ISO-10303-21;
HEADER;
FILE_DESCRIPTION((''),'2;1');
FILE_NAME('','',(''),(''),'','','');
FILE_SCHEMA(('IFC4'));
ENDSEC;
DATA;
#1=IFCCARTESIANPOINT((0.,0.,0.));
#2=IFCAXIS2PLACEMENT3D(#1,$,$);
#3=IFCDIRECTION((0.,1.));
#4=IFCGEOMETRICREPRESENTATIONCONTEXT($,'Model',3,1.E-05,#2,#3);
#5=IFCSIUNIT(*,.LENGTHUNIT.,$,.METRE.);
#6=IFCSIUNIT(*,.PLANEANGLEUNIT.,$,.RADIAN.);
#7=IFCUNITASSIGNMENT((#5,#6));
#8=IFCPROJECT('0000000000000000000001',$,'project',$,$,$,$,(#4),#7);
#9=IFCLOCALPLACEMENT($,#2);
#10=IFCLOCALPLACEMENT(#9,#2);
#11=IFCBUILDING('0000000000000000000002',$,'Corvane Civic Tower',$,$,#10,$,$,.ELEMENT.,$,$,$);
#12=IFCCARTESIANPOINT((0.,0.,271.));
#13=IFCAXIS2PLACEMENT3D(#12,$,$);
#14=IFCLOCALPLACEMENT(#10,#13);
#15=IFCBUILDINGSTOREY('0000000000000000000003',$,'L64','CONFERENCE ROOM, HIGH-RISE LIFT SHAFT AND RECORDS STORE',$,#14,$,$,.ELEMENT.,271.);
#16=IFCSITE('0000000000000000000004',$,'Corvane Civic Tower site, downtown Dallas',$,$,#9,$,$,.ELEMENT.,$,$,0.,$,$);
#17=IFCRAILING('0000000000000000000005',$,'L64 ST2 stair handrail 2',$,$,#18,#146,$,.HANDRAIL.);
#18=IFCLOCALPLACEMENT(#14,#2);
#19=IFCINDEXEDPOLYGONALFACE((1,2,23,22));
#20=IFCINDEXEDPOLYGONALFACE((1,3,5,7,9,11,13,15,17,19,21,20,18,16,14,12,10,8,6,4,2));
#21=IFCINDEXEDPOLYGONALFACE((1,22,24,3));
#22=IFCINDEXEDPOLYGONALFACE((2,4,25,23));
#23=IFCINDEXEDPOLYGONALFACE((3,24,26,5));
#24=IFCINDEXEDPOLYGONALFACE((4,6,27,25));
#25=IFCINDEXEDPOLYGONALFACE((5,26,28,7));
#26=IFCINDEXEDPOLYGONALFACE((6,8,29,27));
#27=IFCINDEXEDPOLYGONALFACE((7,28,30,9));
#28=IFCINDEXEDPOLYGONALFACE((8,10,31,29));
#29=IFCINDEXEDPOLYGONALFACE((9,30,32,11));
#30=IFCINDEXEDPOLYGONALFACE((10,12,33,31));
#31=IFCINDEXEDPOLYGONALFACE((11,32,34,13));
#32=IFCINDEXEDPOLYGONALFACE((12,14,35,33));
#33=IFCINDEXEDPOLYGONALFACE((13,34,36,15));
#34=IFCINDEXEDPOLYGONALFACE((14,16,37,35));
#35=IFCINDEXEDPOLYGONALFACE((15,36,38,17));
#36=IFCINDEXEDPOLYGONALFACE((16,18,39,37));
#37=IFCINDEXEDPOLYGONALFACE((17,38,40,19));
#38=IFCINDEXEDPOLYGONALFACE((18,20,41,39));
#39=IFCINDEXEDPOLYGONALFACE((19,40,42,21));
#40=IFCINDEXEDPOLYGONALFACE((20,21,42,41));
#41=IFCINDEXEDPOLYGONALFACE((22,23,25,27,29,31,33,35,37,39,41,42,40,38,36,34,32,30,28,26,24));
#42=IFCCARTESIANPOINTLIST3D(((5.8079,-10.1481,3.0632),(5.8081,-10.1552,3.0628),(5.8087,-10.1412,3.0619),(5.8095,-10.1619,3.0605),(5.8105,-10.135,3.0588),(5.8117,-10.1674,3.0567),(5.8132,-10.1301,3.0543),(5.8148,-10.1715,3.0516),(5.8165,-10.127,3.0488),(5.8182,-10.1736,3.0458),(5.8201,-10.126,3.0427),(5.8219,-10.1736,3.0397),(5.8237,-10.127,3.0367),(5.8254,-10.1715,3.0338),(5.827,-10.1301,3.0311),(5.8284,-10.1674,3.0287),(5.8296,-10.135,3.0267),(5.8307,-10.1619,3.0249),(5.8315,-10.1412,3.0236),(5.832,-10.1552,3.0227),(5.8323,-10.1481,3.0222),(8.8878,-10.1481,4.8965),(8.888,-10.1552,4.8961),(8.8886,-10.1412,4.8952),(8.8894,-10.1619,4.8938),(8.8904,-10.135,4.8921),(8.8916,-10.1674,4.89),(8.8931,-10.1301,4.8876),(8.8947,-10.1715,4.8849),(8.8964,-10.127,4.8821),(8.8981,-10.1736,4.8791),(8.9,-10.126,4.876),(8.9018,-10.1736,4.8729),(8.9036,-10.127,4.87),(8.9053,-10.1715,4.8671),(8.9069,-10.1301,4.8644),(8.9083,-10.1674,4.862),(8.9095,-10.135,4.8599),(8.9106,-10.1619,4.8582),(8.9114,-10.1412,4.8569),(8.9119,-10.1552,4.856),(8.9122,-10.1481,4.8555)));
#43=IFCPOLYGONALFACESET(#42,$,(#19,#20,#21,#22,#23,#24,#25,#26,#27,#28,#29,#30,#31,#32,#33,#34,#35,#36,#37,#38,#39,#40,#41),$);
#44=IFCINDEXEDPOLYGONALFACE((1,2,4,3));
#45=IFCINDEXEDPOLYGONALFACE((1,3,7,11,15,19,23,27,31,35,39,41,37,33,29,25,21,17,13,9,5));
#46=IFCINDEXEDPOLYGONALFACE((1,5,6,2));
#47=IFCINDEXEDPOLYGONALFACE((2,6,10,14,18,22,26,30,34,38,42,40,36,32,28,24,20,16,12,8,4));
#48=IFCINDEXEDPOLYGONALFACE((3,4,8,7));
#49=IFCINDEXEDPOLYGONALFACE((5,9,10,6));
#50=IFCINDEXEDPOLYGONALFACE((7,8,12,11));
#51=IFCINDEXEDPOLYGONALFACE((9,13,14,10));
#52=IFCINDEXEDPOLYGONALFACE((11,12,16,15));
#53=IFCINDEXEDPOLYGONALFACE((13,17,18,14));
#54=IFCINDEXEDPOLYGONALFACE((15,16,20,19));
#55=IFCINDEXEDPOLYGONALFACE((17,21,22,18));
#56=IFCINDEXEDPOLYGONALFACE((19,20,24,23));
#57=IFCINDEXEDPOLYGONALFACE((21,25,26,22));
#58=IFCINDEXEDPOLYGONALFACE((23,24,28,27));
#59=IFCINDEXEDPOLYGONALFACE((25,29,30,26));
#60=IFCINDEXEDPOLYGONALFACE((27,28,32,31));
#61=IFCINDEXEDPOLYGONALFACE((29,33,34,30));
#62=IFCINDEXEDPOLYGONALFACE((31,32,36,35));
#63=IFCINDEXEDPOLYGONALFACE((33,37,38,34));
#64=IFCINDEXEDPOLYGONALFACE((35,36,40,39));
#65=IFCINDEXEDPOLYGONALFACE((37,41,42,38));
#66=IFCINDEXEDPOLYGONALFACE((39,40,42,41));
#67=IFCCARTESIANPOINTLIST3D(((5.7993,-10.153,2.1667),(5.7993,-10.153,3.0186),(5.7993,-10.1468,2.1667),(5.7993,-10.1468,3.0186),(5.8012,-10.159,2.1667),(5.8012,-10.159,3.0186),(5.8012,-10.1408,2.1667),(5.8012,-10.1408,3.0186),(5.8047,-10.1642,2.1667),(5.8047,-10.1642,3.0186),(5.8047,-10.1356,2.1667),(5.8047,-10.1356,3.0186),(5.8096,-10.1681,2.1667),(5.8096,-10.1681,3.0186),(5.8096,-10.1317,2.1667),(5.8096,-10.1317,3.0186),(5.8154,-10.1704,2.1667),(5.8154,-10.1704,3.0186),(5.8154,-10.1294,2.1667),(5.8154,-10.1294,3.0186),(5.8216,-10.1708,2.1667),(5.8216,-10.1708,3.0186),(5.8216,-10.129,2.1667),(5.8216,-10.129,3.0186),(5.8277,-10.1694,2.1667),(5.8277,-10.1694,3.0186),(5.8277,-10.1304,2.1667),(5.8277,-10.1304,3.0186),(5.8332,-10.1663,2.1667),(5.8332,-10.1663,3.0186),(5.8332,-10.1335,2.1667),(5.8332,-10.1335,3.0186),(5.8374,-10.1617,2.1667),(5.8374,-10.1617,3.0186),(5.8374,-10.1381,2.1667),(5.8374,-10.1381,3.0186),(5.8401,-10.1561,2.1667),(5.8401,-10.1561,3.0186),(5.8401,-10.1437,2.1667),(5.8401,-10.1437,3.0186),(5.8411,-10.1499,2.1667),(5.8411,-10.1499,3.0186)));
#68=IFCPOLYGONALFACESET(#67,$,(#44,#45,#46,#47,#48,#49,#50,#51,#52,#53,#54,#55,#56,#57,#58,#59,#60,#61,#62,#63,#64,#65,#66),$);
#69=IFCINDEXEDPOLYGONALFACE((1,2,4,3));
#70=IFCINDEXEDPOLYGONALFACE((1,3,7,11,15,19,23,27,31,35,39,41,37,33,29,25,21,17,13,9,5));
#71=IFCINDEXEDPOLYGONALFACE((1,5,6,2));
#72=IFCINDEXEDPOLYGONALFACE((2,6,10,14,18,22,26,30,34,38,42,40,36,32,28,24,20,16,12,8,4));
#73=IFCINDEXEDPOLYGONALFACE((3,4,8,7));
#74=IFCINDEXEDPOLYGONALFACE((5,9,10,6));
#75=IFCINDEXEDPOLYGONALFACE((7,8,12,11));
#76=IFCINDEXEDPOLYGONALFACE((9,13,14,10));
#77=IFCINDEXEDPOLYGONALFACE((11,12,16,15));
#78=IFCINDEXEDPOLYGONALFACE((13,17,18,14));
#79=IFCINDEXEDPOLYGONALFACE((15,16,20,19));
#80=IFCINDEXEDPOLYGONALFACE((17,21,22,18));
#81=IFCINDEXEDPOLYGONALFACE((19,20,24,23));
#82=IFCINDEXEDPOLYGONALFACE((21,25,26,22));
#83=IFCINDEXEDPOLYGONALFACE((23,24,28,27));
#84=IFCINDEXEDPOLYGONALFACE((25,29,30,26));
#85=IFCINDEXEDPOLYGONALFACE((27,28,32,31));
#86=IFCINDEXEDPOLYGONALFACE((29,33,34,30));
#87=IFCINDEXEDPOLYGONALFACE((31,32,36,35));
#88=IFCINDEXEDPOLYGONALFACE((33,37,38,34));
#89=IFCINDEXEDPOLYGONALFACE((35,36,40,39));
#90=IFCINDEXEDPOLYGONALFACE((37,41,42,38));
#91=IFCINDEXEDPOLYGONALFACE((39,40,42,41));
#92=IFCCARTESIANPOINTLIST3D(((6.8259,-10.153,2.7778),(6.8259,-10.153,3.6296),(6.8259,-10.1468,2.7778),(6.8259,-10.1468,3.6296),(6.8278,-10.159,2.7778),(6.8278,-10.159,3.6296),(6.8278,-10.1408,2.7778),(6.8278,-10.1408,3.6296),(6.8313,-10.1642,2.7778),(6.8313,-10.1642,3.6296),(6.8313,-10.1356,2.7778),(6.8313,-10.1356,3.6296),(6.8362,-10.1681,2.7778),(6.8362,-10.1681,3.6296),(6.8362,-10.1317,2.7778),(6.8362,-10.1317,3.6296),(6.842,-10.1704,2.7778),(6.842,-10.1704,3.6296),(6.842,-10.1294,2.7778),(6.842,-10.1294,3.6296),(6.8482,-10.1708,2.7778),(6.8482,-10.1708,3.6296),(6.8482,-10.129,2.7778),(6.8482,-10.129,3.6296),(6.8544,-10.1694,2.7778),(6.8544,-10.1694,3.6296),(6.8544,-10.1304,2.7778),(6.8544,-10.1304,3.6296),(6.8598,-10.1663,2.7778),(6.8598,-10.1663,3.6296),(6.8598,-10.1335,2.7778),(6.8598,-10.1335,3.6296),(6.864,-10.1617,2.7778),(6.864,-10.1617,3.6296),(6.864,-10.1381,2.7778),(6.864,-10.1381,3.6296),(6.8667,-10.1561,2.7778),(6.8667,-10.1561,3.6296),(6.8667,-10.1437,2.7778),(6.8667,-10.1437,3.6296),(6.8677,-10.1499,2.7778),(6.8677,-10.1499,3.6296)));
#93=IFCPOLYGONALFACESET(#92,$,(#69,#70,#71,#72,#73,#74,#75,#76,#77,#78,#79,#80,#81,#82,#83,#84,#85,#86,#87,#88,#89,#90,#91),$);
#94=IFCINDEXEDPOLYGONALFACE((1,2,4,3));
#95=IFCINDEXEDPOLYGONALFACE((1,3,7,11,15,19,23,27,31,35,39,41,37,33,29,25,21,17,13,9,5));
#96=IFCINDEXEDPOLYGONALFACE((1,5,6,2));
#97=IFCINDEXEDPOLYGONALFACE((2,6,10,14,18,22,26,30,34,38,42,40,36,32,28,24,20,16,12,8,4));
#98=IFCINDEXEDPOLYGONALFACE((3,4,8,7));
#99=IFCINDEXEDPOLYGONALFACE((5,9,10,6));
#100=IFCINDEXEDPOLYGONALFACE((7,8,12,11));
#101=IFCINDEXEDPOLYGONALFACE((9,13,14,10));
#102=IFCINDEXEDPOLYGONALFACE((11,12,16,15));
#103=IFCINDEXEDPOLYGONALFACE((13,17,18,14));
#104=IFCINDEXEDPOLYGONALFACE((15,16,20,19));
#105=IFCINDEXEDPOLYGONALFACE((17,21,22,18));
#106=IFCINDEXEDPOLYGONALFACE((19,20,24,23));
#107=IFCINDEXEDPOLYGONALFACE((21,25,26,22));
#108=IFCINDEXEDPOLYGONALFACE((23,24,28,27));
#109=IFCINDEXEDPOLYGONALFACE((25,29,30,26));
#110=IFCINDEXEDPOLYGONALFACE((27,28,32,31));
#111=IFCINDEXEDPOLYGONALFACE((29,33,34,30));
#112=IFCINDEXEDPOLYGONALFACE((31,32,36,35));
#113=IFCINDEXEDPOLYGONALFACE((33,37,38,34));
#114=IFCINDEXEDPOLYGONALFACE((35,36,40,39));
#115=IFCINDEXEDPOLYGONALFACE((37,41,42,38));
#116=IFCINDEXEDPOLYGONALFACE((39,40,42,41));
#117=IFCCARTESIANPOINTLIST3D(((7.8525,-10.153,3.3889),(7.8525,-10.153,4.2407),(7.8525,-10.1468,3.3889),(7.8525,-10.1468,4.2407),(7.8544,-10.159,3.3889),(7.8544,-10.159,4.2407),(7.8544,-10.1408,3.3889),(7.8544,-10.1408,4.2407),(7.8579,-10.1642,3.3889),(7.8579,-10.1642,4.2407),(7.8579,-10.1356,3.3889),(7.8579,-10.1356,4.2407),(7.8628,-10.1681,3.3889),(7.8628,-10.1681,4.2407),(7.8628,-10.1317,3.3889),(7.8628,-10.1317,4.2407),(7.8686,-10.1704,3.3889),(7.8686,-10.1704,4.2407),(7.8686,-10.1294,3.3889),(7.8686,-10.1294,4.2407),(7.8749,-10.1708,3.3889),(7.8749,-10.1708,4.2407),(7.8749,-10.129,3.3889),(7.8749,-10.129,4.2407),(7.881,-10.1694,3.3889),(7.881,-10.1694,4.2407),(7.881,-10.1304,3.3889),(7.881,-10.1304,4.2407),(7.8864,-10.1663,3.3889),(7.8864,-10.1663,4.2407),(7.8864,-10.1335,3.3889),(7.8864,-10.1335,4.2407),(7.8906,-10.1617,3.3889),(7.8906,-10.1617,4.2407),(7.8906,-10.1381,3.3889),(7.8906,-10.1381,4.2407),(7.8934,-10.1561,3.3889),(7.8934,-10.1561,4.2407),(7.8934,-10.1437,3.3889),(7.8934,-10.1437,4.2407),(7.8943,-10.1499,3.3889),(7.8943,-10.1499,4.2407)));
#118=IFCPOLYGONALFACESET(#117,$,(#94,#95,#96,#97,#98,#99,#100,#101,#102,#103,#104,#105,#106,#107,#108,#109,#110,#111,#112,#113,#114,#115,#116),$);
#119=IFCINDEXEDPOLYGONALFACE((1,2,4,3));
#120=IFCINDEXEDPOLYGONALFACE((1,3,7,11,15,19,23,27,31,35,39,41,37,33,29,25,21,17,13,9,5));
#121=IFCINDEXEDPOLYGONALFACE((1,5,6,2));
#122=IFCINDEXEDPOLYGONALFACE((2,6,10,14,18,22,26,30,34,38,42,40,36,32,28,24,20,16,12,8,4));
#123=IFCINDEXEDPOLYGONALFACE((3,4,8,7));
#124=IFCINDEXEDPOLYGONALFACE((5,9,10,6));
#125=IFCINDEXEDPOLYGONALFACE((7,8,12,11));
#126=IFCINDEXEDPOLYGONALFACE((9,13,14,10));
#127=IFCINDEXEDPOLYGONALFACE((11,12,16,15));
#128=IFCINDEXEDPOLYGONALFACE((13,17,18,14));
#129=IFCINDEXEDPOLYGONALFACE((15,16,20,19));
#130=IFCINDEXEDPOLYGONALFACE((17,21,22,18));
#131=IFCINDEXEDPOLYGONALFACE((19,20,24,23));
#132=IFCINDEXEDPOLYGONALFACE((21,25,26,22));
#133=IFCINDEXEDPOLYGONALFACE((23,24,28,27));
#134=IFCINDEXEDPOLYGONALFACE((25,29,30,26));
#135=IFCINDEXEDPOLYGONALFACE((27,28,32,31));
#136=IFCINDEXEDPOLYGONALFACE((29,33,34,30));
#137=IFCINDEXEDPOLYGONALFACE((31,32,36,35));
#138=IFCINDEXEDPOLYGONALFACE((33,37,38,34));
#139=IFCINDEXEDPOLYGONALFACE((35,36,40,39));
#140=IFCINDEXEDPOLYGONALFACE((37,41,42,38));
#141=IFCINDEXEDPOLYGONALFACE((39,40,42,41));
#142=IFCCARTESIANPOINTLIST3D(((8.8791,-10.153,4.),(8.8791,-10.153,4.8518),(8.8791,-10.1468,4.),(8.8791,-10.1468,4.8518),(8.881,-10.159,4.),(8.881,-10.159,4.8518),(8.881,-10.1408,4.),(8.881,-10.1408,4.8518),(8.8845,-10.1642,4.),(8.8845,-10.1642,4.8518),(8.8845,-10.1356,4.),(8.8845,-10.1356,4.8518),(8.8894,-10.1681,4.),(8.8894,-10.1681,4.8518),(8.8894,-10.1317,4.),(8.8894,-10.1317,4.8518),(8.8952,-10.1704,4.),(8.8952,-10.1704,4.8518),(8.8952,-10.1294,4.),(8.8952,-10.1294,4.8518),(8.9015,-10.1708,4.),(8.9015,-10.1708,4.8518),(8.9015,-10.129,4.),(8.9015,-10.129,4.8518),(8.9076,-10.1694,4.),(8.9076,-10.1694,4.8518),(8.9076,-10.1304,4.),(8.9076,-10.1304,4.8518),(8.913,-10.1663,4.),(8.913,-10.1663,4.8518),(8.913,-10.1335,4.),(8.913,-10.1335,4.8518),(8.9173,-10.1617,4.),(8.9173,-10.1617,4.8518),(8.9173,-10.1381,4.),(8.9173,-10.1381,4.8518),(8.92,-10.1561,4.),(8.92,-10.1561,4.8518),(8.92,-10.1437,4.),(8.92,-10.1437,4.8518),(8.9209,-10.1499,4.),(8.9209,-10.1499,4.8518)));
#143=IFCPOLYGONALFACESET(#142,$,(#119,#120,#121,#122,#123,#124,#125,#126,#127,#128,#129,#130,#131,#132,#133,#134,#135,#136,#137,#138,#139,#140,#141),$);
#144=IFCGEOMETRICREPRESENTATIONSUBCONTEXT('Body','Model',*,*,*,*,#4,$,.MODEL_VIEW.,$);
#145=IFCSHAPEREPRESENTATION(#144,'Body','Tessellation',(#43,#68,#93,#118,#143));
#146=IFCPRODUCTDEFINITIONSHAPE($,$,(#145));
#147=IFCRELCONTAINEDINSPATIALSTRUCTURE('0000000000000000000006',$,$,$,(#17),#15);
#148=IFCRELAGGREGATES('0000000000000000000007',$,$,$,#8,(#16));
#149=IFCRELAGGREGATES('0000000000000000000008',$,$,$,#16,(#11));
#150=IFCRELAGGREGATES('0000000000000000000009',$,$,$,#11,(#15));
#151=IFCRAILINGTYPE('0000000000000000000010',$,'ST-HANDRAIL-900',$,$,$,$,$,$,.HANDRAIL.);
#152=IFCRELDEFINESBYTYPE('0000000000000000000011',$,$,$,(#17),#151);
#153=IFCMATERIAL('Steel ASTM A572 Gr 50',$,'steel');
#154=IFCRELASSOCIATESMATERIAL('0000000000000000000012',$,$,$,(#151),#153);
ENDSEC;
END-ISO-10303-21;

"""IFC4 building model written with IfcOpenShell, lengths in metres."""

from ifc_helpers import new_model, si_unit, direction, frame, origin, origin_2d, place, context, subcontext, project, spatial, circle, extrude, material, type_object, element, save


model = new_model("IFC4")

# Units and contexts
model_context = context("Model", 3, precision=1e-05, world=origin(), true_north=direction((0.0, 1.0)))
body_context = subcontext(model_context, "Body", "Model", "MODEL_VIEW")
ifc_project = project(units=[si_unit("LENGTHUNIT", "METRE"), si_unit("PLANEANGLEUNIT", "RADIAN")], contexts=[model_context])

# Site, building, storey
site_placement = place(None, origin())
site = spatial("IfcSite", under=ifc_project, at=site_placement, Name="Corvane Civic Tower site, downtown Dallas", CompositionType="ELEMENT", RefElevation=0.0)
building_placement = place(site_placement, origin())
building = spatial("IfcBuilding", under=site, at=building_placement, Name="Corvane Civic Tower", CompositionType="ELEMENT")
storey_placement = place(building_placement, frame((0.0, 0.0, 271.0)))
storey = spatial("IfcBuildingStorey", under=building, at=storey_placement, Name="L64", Description="CONFERENCE ROOM, HIGH-RISE LIFT SHAFT AND RECORDS STORE", CompositionType="ELEMENT", Elevation=271.0)

# Railing
ifc_material_1 = material(Name="Steel ASTM A572 Gr 50", Category="steel")
railing_type_1 = type_object("IfcRailingType", Name="ST-HANDRAIL-900", PredefinedType="HANDRAIL", material=ifc_material_1)
railing_1_placement = place(storey_placement, frame((5.8201, -10.1499, 2.1667)))
element("IfcRailing", 1, at=railing_1_placement, inside=storey, type_object=railing_type_1, Name="L64 ST2 stair handrail 2", PredefinedType="HANDRAIL", context=body_context, shape_type="SweptSolid", body=[
    extrude(circle(Radius=0.0239, at=origin_2d()), frame((0.0, 0.0, 0.876), z_axis=(0.859291, 0.0, 0.511487), x_axis=(0.0, 1.0, 0.0)), (0.0, 0.0, 1.0), 3.5842),
    extrude(circle(Radius=0.021, at=origin_2d()), origin(), (0.0, 0.0, 1.0), 0.8518),
    extrude(circle(Radius=0.021, at=origin_2d()), frame((1.0266, 0.0, 0.6111)), (0.0, 0.0, 1.0), 0.8518),
    extrude(circle(Radius=0.021, at=origin_2d()), frame((2.0532, 0.0, 1.2222)), (0.0, 0.0, 1.0), 0.8518),
    extrude(circle(Radius=0.021, at=origin_2d()), frame((3.0798, 0.0, 1.8333)), (0.0, 0.0, 1.0), 0.8518),
])

save(model, "model.ifc")
